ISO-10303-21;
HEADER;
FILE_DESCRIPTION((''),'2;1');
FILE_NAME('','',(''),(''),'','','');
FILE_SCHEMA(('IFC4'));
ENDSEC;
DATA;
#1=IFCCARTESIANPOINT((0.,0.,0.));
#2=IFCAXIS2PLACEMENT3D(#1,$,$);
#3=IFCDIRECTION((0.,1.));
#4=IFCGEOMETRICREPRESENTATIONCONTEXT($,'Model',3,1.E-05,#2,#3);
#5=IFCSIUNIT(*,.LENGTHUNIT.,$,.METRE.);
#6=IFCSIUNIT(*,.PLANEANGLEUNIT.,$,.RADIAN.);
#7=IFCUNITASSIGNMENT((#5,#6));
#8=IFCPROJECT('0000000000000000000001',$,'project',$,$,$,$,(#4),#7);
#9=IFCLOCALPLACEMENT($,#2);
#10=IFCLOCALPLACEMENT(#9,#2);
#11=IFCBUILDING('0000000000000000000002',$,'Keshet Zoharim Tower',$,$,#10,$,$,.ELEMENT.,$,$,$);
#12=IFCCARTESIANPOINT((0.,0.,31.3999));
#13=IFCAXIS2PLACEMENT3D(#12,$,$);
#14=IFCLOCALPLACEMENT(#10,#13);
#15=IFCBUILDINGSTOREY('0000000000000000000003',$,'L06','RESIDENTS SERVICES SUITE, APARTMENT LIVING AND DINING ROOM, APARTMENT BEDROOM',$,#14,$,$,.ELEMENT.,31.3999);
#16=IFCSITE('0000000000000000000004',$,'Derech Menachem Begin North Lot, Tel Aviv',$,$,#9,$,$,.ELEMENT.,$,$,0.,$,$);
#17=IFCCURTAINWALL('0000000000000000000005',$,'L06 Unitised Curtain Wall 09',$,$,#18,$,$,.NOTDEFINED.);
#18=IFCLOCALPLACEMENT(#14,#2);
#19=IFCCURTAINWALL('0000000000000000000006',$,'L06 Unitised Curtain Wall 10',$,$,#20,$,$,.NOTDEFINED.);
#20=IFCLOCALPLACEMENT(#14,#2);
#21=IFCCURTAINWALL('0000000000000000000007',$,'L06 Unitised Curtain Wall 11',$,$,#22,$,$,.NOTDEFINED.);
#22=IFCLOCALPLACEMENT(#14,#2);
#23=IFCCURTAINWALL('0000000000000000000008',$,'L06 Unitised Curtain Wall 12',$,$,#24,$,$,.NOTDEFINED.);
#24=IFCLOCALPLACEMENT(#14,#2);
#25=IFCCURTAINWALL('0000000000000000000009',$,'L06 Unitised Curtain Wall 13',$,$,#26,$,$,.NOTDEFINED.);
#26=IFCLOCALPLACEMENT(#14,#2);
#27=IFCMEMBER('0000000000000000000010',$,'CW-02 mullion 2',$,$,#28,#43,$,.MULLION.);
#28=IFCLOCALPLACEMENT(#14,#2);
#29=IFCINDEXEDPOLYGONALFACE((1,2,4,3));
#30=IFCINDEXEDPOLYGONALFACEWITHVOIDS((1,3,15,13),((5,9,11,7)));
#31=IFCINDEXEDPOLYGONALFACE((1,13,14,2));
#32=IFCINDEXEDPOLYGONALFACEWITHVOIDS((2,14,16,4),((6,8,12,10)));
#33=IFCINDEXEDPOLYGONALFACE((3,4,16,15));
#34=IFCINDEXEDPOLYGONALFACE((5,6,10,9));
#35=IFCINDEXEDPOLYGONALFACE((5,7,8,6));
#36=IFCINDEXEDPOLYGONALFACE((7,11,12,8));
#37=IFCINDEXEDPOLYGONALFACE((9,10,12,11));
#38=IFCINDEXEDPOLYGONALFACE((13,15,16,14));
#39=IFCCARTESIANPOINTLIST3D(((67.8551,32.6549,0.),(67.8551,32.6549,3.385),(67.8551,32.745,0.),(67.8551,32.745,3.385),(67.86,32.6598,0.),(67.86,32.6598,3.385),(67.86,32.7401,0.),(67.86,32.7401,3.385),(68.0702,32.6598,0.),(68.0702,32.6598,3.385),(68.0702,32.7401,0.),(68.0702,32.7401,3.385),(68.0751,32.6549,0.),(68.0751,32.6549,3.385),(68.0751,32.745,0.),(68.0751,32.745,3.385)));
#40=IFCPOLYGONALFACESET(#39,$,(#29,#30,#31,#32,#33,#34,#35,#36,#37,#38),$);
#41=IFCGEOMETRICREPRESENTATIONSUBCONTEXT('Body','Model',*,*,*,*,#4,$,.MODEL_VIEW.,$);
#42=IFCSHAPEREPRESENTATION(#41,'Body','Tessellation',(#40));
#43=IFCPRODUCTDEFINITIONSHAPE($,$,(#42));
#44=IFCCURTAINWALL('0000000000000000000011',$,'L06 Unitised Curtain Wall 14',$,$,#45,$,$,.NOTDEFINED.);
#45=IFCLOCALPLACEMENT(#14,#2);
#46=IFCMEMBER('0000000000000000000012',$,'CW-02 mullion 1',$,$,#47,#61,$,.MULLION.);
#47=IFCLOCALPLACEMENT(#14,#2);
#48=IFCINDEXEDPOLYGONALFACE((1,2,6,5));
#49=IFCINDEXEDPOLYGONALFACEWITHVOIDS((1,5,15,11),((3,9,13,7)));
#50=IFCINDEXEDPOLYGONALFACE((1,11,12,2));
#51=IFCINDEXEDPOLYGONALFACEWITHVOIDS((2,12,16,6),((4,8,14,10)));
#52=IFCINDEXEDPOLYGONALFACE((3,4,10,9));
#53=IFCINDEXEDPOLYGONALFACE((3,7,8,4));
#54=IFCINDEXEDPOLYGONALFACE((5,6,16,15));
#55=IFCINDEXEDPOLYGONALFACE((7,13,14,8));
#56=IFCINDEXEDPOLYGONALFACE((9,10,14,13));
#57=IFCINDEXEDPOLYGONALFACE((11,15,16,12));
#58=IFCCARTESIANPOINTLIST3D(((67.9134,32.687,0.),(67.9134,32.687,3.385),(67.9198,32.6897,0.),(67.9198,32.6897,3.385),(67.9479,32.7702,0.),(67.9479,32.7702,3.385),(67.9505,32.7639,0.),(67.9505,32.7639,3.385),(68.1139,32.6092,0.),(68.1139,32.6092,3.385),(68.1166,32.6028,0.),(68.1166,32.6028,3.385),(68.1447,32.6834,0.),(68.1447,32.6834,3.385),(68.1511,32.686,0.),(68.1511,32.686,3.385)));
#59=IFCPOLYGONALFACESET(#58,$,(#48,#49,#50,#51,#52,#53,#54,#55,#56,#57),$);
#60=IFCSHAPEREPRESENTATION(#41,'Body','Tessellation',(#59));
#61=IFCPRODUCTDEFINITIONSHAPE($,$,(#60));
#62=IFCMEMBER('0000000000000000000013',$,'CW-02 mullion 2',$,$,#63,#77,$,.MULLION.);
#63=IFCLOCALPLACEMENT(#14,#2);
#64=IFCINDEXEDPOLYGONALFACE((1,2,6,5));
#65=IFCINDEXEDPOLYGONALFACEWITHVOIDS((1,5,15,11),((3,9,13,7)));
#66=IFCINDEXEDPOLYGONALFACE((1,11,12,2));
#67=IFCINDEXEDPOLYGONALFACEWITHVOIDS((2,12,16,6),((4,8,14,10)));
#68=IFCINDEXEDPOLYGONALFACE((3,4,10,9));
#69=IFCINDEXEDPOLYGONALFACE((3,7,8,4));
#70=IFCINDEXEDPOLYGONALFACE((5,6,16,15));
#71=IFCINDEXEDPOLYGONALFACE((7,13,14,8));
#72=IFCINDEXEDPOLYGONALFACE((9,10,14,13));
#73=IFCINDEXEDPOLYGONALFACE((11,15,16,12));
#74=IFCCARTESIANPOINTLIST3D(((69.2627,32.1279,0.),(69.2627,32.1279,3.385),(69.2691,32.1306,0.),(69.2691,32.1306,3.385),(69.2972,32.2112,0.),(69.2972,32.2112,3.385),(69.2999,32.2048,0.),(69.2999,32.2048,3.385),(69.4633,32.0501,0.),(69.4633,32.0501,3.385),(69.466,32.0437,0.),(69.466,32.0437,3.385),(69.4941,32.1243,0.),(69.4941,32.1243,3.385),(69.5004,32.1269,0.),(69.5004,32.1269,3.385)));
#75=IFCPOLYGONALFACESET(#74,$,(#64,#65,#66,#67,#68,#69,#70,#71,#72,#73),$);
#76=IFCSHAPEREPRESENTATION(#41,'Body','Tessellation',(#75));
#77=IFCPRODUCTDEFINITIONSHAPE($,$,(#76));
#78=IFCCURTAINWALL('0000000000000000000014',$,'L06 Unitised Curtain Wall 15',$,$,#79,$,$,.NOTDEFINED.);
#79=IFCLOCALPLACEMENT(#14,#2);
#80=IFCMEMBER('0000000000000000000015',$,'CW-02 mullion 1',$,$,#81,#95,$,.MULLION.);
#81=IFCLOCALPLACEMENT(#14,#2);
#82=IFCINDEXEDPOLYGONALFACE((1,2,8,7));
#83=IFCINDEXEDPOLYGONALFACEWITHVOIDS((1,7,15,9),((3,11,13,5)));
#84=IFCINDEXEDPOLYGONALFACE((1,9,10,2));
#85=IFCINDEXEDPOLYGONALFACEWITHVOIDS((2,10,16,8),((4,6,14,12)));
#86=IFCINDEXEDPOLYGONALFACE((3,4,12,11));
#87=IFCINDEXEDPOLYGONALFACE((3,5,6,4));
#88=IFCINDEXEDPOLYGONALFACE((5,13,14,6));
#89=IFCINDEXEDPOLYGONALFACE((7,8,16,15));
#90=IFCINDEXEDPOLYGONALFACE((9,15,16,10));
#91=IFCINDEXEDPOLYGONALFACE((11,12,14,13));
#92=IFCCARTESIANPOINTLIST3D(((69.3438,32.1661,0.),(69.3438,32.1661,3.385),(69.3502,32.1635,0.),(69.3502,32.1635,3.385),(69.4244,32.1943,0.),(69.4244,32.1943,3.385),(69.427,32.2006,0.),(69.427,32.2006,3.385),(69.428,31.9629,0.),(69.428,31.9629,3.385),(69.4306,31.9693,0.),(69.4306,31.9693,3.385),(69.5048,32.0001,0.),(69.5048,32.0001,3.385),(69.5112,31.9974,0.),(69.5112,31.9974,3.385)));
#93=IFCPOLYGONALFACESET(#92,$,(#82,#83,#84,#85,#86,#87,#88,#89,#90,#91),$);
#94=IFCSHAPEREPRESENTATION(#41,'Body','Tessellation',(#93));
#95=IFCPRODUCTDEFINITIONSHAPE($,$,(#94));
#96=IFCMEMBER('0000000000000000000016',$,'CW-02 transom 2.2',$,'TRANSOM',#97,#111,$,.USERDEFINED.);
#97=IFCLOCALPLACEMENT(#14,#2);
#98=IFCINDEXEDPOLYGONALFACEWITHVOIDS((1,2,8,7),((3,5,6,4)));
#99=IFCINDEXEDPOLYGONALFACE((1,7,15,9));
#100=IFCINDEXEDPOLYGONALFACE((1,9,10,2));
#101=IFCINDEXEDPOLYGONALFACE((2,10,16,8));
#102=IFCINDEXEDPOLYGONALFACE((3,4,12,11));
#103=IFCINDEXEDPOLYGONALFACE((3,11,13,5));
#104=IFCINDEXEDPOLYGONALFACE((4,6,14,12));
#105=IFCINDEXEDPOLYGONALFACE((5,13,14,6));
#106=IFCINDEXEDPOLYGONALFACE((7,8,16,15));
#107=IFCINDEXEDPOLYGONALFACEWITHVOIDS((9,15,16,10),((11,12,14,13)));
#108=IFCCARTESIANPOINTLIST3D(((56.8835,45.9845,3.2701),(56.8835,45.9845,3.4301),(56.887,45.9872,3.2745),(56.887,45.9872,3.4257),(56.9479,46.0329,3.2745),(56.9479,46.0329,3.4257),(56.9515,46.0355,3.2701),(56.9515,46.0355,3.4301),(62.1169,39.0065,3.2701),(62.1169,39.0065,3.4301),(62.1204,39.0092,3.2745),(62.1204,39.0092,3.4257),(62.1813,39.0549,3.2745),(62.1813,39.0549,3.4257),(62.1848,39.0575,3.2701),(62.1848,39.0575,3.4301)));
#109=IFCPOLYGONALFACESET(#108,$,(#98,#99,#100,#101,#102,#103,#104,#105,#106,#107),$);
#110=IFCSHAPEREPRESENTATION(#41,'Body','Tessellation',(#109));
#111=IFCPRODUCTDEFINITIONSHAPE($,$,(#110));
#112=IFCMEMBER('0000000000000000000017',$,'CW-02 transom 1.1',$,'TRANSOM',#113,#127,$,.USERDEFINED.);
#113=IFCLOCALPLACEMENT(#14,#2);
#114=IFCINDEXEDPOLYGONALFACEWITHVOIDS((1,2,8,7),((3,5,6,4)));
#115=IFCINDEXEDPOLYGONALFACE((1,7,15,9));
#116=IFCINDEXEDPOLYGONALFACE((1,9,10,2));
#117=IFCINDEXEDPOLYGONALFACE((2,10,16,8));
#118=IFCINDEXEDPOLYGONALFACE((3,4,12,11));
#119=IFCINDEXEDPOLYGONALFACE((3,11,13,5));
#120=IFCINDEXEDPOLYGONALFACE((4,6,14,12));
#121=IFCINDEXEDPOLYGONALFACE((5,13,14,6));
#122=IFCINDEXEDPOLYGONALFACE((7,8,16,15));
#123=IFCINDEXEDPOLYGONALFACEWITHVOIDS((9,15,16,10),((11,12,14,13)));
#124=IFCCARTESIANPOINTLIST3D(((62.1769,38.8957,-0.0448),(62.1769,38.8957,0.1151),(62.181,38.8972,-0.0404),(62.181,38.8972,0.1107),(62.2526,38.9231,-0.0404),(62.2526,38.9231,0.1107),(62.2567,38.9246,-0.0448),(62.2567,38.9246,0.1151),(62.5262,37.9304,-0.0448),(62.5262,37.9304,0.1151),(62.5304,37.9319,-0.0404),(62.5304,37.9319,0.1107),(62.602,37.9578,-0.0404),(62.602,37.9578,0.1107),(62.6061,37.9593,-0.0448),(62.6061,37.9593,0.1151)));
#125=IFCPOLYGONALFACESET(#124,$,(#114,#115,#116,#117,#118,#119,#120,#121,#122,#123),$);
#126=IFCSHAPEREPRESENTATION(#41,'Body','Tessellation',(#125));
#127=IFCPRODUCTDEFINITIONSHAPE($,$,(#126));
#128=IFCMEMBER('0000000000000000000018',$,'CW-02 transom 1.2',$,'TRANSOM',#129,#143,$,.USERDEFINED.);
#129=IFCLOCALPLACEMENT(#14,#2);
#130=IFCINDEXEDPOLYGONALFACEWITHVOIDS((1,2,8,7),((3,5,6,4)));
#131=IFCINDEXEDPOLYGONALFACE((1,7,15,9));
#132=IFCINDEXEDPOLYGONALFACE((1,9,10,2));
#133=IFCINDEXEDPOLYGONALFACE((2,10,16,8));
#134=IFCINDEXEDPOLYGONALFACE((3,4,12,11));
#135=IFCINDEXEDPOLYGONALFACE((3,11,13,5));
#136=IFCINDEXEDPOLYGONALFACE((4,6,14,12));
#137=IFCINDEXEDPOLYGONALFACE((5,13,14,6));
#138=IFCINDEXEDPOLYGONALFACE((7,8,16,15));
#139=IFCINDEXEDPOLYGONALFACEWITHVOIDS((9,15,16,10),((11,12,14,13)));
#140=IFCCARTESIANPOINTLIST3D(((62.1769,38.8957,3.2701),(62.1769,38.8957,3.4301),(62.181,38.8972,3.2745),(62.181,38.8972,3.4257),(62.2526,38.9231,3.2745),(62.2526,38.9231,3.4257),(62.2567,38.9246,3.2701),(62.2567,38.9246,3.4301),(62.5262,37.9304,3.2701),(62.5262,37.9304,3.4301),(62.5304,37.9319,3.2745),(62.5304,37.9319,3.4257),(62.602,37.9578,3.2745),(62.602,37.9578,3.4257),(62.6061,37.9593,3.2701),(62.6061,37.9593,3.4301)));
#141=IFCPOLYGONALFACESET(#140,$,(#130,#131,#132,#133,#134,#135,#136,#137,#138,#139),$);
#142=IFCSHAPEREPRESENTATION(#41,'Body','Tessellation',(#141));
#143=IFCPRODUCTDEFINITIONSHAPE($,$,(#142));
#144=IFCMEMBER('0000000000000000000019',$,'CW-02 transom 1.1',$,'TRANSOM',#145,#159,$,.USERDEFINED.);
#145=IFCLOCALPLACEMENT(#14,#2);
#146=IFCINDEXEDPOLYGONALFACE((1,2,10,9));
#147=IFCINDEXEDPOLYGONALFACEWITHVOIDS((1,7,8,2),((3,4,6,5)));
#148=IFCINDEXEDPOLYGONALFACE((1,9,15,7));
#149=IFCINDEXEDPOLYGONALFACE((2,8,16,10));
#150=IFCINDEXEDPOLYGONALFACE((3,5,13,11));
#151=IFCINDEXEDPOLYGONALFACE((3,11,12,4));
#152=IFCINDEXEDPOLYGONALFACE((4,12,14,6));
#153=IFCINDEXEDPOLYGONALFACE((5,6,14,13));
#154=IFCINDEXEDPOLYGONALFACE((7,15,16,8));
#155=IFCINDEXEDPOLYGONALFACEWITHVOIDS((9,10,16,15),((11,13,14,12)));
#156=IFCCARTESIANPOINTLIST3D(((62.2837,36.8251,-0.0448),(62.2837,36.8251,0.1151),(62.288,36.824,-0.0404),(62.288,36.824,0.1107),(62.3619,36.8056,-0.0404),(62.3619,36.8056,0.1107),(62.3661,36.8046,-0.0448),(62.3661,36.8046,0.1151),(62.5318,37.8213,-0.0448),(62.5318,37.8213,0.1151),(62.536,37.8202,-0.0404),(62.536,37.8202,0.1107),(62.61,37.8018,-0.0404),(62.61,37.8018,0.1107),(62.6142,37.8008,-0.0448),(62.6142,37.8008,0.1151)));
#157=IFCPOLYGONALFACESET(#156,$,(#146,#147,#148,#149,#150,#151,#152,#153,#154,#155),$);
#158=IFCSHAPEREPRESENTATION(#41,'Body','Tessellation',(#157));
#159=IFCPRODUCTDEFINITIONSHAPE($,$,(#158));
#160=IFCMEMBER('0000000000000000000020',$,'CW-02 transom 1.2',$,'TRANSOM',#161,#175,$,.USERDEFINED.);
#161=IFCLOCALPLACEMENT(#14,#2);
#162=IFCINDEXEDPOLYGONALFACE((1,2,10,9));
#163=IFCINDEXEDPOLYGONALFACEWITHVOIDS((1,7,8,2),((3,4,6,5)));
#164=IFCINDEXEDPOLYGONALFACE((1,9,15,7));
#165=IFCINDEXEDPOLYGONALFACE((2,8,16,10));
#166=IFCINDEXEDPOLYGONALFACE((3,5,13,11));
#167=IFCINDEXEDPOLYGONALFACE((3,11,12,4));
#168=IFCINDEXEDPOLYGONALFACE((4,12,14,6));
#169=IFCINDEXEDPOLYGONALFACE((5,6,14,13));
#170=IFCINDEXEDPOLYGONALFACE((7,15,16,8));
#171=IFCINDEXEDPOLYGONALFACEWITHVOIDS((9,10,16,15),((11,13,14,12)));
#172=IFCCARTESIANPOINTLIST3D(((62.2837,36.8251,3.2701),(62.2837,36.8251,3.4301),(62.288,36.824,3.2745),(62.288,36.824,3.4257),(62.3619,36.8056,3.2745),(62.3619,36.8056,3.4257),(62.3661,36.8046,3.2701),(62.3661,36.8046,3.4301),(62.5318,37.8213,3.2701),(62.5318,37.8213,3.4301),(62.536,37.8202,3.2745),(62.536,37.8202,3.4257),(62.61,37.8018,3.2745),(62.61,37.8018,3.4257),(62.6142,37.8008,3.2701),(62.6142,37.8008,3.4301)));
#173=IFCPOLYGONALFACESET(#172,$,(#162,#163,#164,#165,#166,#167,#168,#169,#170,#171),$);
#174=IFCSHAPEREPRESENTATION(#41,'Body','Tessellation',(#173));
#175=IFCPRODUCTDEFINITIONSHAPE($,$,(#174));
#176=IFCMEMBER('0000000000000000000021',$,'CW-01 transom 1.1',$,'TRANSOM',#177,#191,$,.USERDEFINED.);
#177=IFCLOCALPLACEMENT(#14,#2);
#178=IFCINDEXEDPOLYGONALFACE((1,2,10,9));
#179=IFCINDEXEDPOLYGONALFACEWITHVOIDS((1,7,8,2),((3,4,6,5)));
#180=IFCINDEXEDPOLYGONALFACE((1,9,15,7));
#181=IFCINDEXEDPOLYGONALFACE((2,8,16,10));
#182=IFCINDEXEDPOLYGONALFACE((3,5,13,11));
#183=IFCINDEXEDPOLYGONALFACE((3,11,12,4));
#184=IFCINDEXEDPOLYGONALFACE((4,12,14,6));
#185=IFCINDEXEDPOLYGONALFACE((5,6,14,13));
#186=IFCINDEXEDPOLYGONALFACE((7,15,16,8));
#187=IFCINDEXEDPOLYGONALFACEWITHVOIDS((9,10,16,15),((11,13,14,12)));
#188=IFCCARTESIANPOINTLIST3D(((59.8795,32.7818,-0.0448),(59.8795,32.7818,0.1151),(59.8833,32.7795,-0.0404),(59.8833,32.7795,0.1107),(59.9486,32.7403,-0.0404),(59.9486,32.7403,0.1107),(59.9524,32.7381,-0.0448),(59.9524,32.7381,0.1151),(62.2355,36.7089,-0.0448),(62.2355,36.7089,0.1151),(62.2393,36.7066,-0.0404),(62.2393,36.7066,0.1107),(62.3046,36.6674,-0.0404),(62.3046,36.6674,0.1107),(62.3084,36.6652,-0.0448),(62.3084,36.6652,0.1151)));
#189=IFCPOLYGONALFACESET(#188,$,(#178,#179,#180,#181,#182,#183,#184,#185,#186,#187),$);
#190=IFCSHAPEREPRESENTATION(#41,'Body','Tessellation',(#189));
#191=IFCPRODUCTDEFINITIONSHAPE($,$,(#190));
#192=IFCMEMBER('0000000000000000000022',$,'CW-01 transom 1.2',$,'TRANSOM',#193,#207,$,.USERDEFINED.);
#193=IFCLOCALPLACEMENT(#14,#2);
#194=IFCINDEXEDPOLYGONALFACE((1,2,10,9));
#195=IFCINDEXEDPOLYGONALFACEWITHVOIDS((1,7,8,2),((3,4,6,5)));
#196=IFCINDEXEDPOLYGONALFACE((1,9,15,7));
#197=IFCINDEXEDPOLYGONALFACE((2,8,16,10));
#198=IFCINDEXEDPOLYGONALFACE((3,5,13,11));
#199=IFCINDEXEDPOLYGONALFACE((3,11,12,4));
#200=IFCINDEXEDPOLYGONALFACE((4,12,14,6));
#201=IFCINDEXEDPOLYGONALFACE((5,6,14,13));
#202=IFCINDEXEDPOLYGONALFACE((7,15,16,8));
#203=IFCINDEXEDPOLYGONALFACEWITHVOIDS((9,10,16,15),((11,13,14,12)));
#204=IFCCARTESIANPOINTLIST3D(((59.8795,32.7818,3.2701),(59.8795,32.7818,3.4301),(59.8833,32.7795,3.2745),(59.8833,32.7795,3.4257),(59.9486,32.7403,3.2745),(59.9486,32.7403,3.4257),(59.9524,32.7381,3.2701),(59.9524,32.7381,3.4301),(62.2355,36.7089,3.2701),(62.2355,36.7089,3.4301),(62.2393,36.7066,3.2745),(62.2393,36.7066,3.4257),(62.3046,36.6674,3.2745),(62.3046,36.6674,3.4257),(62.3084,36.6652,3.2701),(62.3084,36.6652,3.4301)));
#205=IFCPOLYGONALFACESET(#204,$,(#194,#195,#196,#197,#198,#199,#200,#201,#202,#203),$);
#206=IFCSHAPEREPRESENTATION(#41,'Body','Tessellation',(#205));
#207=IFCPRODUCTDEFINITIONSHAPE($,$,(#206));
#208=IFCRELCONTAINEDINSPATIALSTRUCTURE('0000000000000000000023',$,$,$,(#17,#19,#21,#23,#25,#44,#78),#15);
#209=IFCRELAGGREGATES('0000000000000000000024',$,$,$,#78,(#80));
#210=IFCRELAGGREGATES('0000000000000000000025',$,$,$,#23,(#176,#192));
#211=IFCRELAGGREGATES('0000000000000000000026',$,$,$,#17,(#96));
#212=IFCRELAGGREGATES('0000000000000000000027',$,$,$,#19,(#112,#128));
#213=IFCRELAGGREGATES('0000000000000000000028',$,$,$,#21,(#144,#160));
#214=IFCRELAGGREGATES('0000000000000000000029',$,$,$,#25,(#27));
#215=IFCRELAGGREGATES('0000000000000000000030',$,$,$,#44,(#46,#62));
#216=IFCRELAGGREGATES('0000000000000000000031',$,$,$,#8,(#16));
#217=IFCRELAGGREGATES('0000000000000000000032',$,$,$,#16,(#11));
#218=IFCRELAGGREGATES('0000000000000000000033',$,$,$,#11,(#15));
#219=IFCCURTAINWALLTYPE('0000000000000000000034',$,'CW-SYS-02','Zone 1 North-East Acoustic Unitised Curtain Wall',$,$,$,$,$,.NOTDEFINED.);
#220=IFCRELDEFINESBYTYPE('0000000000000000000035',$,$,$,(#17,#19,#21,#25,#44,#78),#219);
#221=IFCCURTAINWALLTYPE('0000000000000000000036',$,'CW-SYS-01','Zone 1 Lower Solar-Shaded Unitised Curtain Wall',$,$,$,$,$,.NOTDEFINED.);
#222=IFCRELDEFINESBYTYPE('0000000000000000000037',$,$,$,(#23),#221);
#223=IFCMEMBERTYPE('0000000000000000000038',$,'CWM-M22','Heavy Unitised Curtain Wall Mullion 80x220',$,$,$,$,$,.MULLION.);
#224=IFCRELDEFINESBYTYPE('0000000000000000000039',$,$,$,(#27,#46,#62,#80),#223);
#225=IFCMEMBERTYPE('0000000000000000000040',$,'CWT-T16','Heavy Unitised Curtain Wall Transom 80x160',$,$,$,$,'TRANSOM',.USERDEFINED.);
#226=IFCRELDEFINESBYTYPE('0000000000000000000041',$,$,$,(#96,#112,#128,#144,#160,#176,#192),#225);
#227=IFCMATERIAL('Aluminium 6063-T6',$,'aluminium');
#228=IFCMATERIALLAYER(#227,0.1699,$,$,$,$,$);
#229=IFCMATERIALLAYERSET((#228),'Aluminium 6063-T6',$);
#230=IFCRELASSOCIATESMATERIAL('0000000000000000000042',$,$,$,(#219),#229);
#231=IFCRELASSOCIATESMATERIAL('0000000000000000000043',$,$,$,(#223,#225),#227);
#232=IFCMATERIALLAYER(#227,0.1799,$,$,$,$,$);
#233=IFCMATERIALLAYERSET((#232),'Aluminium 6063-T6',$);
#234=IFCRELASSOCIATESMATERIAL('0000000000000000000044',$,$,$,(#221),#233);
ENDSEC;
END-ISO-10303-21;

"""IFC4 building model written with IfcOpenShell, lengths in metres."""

from ifc_helpers import new_model, si_unit, direction, frame, origin, origin_2d, place, context, subcontext, project, spatial, hollow_rectangle, extrude, material, layer, layer_set, material_profile, profile_set, type_object, element, aggregate, save


model = new_model("IFC4")

# Units and contexts
model_context = context("Model", 3, precision=1e-05, world=origin(), true_north=direction((0.0, 1.0)))
body_context = subcontext(model_context, "Body", "Model", "MODEL_VIEW")
ifc_project = project(units=[si_unit("LENGTHUNIT", "METRE"), si_unit("PLANEANGLEUNIT", "RADIAN")], contexts=[model_context])

# Site, building, storey
site_placement = place(None, origin())
site = spatial("IfcSite", under=ifc_project, at=site_placement, Name="Derech Menachem Begin North Lot, Tel Aviv", CompositionType="ELEMENT", RefElevation=0.0)
building_placement = place(site_placement, origin())
building = spatial("IfcBuilding", under=site, at=building_placement, Name="Keshet Zoharim Tower", CompositionType="ELEMENT")
storey_placement = place(building_placement, frame((0.0, 0.0, 31.3999)))
storey = spatial("IfcBuildingStorey", under=building, at=storey_placement, Name="L06", Description="RESIDENTS SERVICES SUITE, APARTMENT LIVING AND DINING ROOM, APARTMENT BEDROOM", CompositionType="ELEMENT", Elevation=31.3999)

# Curtain wall
ifc_material_1 = material(Name="Aluminium 6063-T6", Category="aluminium")
ifc_layer_1 = layer(ifc_material_1, 0.1699)
ifc_layer_set_1 = layer_set([ifc_layer_1], Name="Aluminium 6063-T6")
curtain_wall_type_1 = type_object("IfcCurtainWallType", Name="CW-SYS-02", Description="Zone 1 North-East Acoustic Unitised Curtain Wall", PredefinedType="NOTDEFINED", material=ifc_layer_set_1)
curtain_wall_1_placement = place(storey_placement, origin())
curtain_wall_1 = element("IfcCurtainWall", 1, at=curtain_wall_1_placement, inside=storey, type_object=curtain_wall_type_1, Name="L06 Unitised Curtain Wall 09", PredefinedType="NOTDEFINED")
ifc_material_profile_1 = material_profile(ifc_material_1, hollow_rectangle(XDim=0.0901, YDim=0.22, WallThickness=0.0049, at=origin_2d()), Name="MUL-90x220")
ifc_profile_set_1 = profile_set([ifc_material_profile_1], Name="Aluminium 6063-T6")
member_type_1 = type_object("IfcMemberType", Name="CWM-M22", Description="Heavy Unitised Curtain Wall Mullion 80x220", PredefinedType="MULLION", material=ifc_profile_set_1)

# Curtain walls, members
curtain_wall_2_placement = place(storey_placement, origin())
curtain_wall_2 = element("IfcCurtainWall", 2, at=curtain_wall_2_placement, inside=storey, type_object=curtain_wall_type_1, Name="L06 Unitised Curtain Wall 10", PredefinedType="NOTDEFINED")
curtain_wall_3_placement = place(storey_placement, origin())
curtain_wall_3 = element("IfcCurtainWall", 3, at=curtain_wall_3_placement, inside=storey, type_object=curtain_wall_type_1, Name="L06 Unitised Curtain Wall 11", PredefinedType="NOTDEFINED")
ifc_layer_2 = layer(ifc_material_1, 0.1799)
ifc_layer_set_2 = layer_set([ifc_layer_2], Name="Aluminium 6063-T6")
curtain_wall_type_2 = type_object("IfcCurtainWallType", Name="CW-SYS-01", Description="Zone 1 Lower Solar-Shaded Unitised Curtain Wall", PredefinedType="NOTDEFINED", material=ifc_layer_set_2)
curtain_wall_4_placement = place(storey_placement, origin())
curtain_wall_4 = element("IfcCurtainWall", 4, at=curtain_wall_4_placement, inside=storey, type_object=curtain_wall_type_2, Name="L06 Unitised Curtain Wall 12", PredefinedType="NOTDEFINED")
curtain_wall_5_placement = place(storey_placement, origin())
curtain_wall_5 = element("IfcCurtainWall", 5, at=curtain_wall_5_placement, inside=storey, type_object=curtain_wall_type_1, Name="L06 Unitised Curtain Wall 13", PredefinedType="NOTDEFINED")
member_1_placement = place(storey_placement, frame((67.9651, 32.7, 0.0), z_axis=(0.0, 0.0, 1.0), x_axis=(0.0, 1.0, 0.0)))
member_1 = element("IfcMember", 6, at=member_1_placement, type_object=member_type_1, Name="CW-02 mullion 2", PredefinedType="MULLION", context=body_context, shape_type="SweptSolid", body=[
    extrude(hollow_rectangle(XDim=0.0901, YDim=0.22, WallThickness=0.0049, at=origin_2d()), origin(), (0.0, 0.0, 1.0), 3.385),
])
curtain_wall_6_placement = place(storey_placement, origin())
curtain_wall_6 = element("IfcCurtainWall", 7, at=curtain_wall_6_placement, inside=storey, type_object=curtain_wall_type_1, Name="L06 Unitised Curtain Wall 14", PredefinedType="NOTDEFINED")
member_2_placement = place(storey_placement, frame((68.0322, 32.6865, 0.0), z_axis=(0.0, 0.0, 1.0), x_axis=(0.382852, 0.92381, 0.0)))
member_2 = element("IfcMember", 8, at=member_2_placement, type_object=member_type_1, Name="CW-02 mullion 1", PredefinedType="MULLION", context=body_context, shape_type="SweptSolid", body=[
    extrude(hollow_rectangle(XDim=0.0901, YDim=0.22, WallThickness=0.0049, at=origin_2d()), origin(), (0.0, 0.0, 1.0), 3.385),
])
member_3_placement = place(storey_placement, frame((69.3816, 32.1274, 0.0), z_axis=(0.0, 0.0, 1.0), x_axis=(0.382852, 0.92381, 0.0)))
member_3 = element("IfcMember", 9, at=member_3_placement, type_object=member_type_1, Name="CW-02 mullion 2", PredefinedType="MULLION", context=body_context, shape_type="SweptSolid", body=[
    extrude(hollow_rectangle(XDim=0.0901, YDim=0.22, WallThickness=0.0049, at=origin_2d()), origin(), (0.0, 0.0, 1.0), 3.385),
])

# Curtain wall, member
curtain_wall_7_placement = place(storey_placement, origin())
curtain_wall_7 = element("IfcCurtainWall", 10, at=curtain_wall_7_placement, inside=storey, type_object=curtain_wall_type_1, Name="L06 Unitised Curtain Wall 15", PredefinedType="NOTDEFINED")
member_4_placement = place(storey_placement, frame((69.4275, 32.0818, 0.0), z_axis=(0.0, 0.0, 1.0), x_axis=(0.92381, 0.382852, 0.0)))
member_4 = element("IfcMember", 11, at=member_4_placement, type_object=member_type_1, Name="CW-02 mullion 1", PredefinedType="MULLION", context=body_context, shape_type="SweptSolid", body=[
    extrude(hollow_rectangle(XDim=0.0901, YDim=0.22, WallThickness=0.0049, at=origin_2d()), origin(), (0.0, 0.0, 1.0), 3.385),
])
aggregate(curtain_wall_7, [member_4])

# Members
ifc_material_profile_2 = material_profile(ifc_material_1, hollow_rectangle(XDim=0.085, YDim=0.1599, WallThickness=0.0044, at=origin_2d()), Name="TRN-85x160")
ifc_profile_set_2 = profile_set([ifc_material_profile_2], Name="Aluminium 6063-T6")
member_type_2 = type_object("IfcMemberType", Name="CWT-T16", Description="Heavy Unitised Curtain Wall Transom 80x160", ElementType="TRANSOM", PredefinedType="USERDEFINED", material=ifc_profile_set_2)
member_5_placement = place(storey_placement, frame((56.9175, 46.01, 3.3501), z_axis=(0.599991, -0.800007, 0.0), x_axis=(0.800007, 0.599991, 0.0)))
member_5 = element("IfcMember", 12, at=member_5_placement, type_object=member_type_2, Name="CW-02 transom 2.2", ObjectType="TRANSOM", PredefinedType="USERDEFINED", context=body_context, shape_type="SweptSolid", body=[
    extrude(hollow_rectangle(XDim=0.085, YDim=0.1599, WallThickness=0.0044, at=origin_2d()), origin(), (0.0, 0.0, 1.0), 8.7224),
])
member_6_placement = place(storey_placement, frame((62.2168, 38.9102, 0.0352), z_axis=(0.340311, -0.940313, 0.0), x_axis=(0.940313, 0.340311, 0.0)))
member_6 = element("IfcMember", 13, at=member_6_placement, type_object=member_type_2, Name="CW-02 transom 1.1", ObjectType="TRANSOM", PredefinedType="USERDEFINED", context=body_context, shape_type="SweptSolid", body=[
    extrude(hollow_rectangle(XDim=0.085, YDim=0.1599, WallThickness=0.0044, at=origin_2d()), origin(), (0.0, 0.0, 1.0), 1.0266),
])
member_7_placement = place(storey_placement, frame((62.2168, 38.9102, 3.3501), z_axis=(0.340311, -0.940313, 0.0), x_axis=(0.940313, 0.340311, 0.0)))
member_7 = element("IfcMember", 14, at=member_7_placement, type_object=member_type_2, Name="CW-02 transom 1.2", ObjectType="TRANSOM", PredefinedType="USERDEFINED", context=body_context, shape_type="SweptSolid", body=[
    extrude(hollow_rectangle(XDim=0.085, YDim=0.1599, WallThickness=0.0044, at=origin_2d()), origin(), (0.0, 0.0, 1.0), 1.0266),
])
member_8_placement = place(storey_placement, frame((62.573, 37.811, 0.0352), z_axis=(-0.24164, -0.970366, 0.0), x_axis=(0.970366, -0.24164, 0.0)))
member_8 = element("IfcMember", 15, at=member_8_placement, type_object=member_type_2, Name="CW-02 transom 1.1", ObjectType="TRANSOM", PredefinedType="USERDEFINED", context=body_context, shape_type="SweptSolid", body=[
    extrude(hollow_rectangle(XDim=0.085, YDim=0.1599, WallThickness=0.0044, at=origin_2d()), origin(), (0.0, 0.0, 1.0), 1.0266),
])
member_9_placement = place(storey_placement, frame((62.573, 37.811, 3.3501), z_axis=(-0.24164, -0.970366, 0.0), x_axis=(0.970366, -0.24164, 0.0)))
member_9 = element("IfcMember", 16, at=member_9_placement, type_object=member_type_2, Name="CW-02 transom 1.2", ObjectType="TRANSOM", PredefinedType="USERDEFINED", context=body_context, shape_type="SweptSolid", body=[
    extrude(hollow_rectangle(XDim=0.085, YDim=0.1599, WallThickness=0.0044, at=origin_2d()), origin(), (0.0, 0.0, 1.0), 1.0266),
])
member_10_placement = place(storey_placement, frame((62.272, 36.687, 0.0352), z_axis=(-0.514457, -0.857516, 0.0), x_axis=(0.857516, -0.514457, 0.0)))
member_10 = element("IfcMember", 17, at=member_10_placement, type_object=member_type_2, Name="CW-01 transom 1.1", ObjectType="TRANSOM", PredefinedType="USERDEFINED", context=body_context, shape_type="SweptSolid", body=[
    extrude(hollow_rectangle(XDim=0.085, YDim=0.1599, WallThickness=0.0044, at=origin_2d()), origin(), (0.0, 0.0, 1.0), 4.5796),
])
member_11_placement = place(storey_placement, frame((62.272, 36.687, 3.3501), z_axis=(-0.514457, -0.857516, 0.0), x_axis=(0.857516, -0.514457, 0.0)))
member_11 = element("IfcMember", 18, at=member_11_placement, type_object=member_type_2, Name="CW-01 transom 1.2", ObjectType="TRANSOM", PredefinedType="USERDEFINED", context=body_context, shape_type="SweptSolid", body=[
    extrude(hollow_rectangle(XDim=0.085, YDim=0.1599, WallThickness=0.0044, at=origin_2d()), origin(), (0.0, 0.0, 1.0), 4.5796),
])

aggregate(curtain_wall_4, [member_10, member_11])
aggregate(curtain_wall_1, [member_5])
aggregate(curtain_wall_2, [member_6, member_7])
aggregate(curtain_wall_3, [member_8, member_9])
aggregate(curtain_wall_5, [member_1])
aggregate(curtain_wall_6, [member_2, member_3])

save(model, "model.ifc")
